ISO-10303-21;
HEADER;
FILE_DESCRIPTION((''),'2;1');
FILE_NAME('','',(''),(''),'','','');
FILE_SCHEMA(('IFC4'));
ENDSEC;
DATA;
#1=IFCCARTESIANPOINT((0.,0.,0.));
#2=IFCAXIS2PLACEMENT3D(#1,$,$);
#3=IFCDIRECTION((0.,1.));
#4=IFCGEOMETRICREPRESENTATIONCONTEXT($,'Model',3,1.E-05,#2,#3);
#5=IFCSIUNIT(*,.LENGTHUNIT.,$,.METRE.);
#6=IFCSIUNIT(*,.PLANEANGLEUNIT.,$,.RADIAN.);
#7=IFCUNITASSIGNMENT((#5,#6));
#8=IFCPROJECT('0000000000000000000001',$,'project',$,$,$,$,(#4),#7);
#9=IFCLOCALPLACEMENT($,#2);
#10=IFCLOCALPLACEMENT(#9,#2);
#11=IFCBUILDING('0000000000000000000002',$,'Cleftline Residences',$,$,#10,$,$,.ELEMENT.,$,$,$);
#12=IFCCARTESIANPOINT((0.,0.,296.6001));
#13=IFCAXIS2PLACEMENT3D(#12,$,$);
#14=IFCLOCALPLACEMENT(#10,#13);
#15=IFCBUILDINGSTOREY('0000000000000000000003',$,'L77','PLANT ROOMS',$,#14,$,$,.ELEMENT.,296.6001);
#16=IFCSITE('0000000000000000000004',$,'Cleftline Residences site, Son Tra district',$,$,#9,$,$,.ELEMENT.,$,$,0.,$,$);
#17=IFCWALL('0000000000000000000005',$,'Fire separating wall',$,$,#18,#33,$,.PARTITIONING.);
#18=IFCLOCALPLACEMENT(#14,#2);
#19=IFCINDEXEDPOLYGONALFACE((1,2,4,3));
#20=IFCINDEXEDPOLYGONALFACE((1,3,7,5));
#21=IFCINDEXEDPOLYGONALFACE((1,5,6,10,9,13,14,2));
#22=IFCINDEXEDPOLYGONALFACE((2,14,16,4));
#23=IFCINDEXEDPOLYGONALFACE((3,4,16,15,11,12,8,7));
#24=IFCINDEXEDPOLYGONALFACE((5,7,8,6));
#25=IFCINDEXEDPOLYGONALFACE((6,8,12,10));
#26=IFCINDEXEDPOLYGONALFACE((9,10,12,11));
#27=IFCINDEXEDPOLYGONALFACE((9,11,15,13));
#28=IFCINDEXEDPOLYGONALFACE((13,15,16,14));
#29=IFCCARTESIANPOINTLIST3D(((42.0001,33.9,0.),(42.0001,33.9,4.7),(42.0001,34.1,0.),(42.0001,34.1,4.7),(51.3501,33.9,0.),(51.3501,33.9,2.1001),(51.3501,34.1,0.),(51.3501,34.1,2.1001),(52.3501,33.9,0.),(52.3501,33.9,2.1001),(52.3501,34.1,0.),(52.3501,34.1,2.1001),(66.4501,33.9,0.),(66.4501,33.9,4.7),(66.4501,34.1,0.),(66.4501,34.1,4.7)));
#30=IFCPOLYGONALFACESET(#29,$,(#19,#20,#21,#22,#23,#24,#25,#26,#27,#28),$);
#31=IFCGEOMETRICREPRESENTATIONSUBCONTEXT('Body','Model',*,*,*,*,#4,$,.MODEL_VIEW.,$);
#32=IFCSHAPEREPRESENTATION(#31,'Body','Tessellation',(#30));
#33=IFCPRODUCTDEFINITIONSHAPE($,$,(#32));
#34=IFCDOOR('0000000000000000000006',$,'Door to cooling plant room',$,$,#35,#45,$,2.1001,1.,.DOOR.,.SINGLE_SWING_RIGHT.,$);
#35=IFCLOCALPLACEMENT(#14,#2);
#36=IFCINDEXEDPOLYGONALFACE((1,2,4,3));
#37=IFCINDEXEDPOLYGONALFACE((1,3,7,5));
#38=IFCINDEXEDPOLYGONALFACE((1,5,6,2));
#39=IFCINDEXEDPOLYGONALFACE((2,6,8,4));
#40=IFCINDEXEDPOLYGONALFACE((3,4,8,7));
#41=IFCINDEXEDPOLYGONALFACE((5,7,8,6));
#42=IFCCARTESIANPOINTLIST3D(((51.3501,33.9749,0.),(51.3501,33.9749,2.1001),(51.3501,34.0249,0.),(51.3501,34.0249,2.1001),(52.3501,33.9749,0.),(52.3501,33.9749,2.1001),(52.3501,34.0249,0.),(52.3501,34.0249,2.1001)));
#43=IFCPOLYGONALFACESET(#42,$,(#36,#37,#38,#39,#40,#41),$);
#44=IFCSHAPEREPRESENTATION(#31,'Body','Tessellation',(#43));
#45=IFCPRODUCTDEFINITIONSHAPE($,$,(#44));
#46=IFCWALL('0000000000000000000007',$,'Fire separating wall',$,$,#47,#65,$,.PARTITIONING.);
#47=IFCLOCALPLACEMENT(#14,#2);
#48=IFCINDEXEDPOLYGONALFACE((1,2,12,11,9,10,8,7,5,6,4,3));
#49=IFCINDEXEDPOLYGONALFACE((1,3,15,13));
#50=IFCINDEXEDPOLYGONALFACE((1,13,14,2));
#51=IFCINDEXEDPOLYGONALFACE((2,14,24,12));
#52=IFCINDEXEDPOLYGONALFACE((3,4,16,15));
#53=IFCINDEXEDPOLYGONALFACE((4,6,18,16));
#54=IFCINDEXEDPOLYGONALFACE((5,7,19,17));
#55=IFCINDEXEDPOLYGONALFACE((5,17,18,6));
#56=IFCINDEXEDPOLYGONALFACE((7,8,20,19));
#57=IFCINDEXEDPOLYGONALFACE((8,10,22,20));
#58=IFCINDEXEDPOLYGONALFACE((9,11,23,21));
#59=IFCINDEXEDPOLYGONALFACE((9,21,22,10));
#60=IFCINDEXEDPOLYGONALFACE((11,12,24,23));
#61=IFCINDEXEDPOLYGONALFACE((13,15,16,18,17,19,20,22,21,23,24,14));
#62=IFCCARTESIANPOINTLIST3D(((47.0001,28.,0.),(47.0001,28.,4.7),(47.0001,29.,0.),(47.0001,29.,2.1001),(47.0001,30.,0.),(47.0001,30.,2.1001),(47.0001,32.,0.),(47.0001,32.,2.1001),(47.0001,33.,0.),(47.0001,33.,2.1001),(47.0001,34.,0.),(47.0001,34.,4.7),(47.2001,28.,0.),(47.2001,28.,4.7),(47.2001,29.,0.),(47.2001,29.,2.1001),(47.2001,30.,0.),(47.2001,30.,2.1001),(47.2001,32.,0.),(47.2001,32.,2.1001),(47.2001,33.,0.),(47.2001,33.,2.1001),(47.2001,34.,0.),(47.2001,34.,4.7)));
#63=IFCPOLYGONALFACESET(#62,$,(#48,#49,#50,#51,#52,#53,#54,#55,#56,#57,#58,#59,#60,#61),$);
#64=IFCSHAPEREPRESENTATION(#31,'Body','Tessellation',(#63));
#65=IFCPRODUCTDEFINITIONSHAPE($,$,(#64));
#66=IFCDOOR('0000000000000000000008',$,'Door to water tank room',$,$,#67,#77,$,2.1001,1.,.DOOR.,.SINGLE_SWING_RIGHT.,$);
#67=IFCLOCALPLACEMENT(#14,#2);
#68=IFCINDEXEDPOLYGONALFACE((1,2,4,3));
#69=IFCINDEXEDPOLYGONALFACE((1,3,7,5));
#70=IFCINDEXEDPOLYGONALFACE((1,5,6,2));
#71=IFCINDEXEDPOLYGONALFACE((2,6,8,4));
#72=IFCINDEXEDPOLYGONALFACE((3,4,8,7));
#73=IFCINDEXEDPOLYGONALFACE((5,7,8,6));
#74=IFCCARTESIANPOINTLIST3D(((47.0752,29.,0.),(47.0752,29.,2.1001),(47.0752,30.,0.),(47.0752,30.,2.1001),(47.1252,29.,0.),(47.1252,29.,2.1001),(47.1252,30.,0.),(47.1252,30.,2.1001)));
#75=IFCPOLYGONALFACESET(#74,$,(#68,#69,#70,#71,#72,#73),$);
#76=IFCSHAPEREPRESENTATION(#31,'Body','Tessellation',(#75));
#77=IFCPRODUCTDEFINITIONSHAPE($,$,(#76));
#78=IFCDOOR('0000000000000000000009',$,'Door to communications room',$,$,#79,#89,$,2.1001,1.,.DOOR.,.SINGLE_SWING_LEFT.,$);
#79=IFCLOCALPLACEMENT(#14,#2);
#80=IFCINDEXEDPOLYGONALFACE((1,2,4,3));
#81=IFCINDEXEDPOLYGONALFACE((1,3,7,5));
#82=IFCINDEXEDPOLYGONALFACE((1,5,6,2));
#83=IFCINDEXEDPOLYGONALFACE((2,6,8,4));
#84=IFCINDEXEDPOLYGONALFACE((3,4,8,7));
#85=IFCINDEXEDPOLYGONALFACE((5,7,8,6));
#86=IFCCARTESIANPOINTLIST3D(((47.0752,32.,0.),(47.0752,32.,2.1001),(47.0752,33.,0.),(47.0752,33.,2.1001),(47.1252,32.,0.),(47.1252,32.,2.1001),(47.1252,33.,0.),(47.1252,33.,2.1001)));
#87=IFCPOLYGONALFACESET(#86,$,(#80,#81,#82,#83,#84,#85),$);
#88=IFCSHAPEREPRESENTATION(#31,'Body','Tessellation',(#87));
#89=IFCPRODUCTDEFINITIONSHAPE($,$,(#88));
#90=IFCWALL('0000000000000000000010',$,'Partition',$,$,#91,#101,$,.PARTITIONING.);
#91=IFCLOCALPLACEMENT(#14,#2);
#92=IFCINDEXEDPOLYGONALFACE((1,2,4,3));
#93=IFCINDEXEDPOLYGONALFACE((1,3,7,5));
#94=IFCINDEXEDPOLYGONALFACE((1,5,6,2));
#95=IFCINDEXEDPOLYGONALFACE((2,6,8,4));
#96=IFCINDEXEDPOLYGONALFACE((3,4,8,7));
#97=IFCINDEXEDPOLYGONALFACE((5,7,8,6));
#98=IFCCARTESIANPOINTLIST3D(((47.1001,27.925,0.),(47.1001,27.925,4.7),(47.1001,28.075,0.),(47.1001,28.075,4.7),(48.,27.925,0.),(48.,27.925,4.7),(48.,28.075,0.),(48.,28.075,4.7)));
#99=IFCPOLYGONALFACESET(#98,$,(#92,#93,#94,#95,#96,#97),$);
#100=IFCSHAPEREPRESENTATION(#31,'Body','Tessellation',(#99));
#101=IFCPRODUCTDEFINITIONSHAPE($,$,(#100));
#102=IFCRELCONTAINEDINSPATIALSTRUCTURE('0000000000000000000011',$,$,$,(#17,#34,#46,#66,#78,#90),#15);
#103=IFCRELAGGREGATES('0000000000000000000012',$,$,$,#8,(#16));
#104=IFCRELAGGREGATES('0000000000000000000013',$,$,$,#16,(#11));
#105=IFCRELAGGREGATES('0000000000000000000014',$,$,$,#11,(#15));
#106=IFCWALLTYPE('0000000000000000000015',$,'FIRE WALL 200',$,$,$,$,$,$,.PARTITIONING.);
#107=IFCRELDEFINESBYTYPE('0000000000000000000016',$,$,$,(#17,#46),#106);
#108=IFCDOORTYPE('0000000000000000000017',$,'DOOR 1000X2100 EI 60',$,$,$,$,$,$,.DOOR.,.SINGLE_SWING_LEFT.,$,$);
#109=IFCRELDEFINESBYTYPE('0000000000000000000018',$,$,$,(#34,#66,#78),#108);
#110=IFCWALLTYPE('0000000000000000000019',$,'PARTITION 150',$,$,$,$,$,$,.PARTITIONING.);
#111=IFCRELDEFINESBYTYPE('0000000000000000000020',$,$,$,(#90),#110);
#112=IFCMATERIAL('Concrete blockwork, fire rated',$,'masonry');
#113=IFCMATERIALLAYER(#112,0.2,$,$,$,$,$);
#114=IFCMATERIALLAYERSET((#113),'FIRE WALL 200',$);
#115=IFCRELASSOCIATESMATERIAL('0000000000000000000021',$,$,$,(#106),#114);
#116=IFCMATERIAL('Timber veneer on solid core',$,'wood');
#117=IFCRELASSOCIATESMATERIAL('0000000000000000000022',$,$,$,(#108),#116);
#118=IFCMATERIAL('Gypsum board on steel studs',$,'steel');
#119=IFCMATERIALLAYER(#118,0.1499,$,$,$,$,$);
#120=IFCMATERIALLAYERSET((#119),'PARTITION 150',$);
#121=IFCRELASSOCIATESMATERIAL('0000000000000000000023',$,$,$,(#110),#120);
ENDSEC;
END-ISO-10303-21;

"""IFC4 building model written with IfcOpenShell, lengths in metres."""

from ifc_helpers import new_model, si_unit, direction, frame, frame_2d, origin, place, context, subcontext, project, spatial, rectangle, extrude, material, layer, layer_set, type_object, element, fill, save


model = new_model("IFC4")

# Units and contexts
model_context = context("Model", 3, precision=1e-05, world=origin(), true_north=direction((0.0, 1.0)))
body_context = subcontext(model_context, "Body", "Model", "MODEL_VIEW")
ifc_project = project(units=[si_unit("LENGTHUNIT", "METRE"), si_unit("PLANEANGLEUNIT", "RADIAN")], contexts=[model_context])

# Site, building, storey
site_placement = place(None, origin())
site = spatial("IfcSite", under=ifc_project, at=site_placement, Name="Cleftline Residences site, Son Tra district", CompositionType="ELEMENT", RefElevation=0.0)
building_placement = place(site_placement, origin())
building = spatial("IfcBuilding", under=site, at=building_placement, Name="Cleftline Residences", CompositionType="ELEMENT")
storey_placement = place(building_placement, frame((0.0, 0.0, 296.6001)))
storey = spatial("IfcBuildingStorey", under=building, at=storey_placement, Name="L77", Description="PLANT ROOMS", CompositionType="ELEMENT", Elevation=296.6001)

# Shared definitions
ifc_material_1 = material(Name="Concrete blockwork, fire rated", Category="masonry")
ifc_layer_1 = layer(ifc_material_1, 0.2)
ifc_layer_set_1 = layer_set([ifc_layer_1], Name="FIRE WALL 200")
wall_type_1 = type_object("IfcWallType", Name="FIRE WALL 200", PredefinedType="PARTITIONING", material=ifc_layer_set_1)

# Wall, opening, door
wall_1_placement = place(storey_placement, frame((42.0, 34.0, 0.0), z_axis=(0.0, 0.0, 1.0), x_axis=(1.0, 0.0, 0.0)))
wall_1 = element("IfcWall", 1, at=wall_1_placement, inside=storey, type_object=wall_type_1, Name="Fire separating wall", PredefinedType="PARTITIONING", context=body_context, shape_type="SweptSolid", body=[
    extrude(rectangle(XDim=24.45, YDim=0.2, at=frame_2d((12.2251, 0.0))), origin(), (0.0, 0.0, 1.0), 4.7),
])
opening_1_placement = place(wall_1_placement, frame((9.3501, 0.0, 0.0)))
opening_1 = element("IfcOpeningElement", 2, at=opening_1_placement, cuts=wall_1, PredefinedType="OPENING", context=body_context, shape_type="SweptSolid", body=[
    extrude(rectangle(XDim=1.0, YDim=2.1001, at=frame_2d((0.5, 1.05))), frame((0.0, 0.1099, 0.0), z_axis=(0.0, -1.0, 0.0), x_axis=(1.0, 0.0, 0.0)), (0.0, 0.0, 1.0), 0.22),
])
ifc_material_2 = material(Name="Timber veneer on solid core", Category="wood")
door_type = type_object("IfcDoorType", Name="DOOR 1000X2100 EI 60", OperationType="SINGLE_SWING_LEFT", PredefinedType="DOOR", material=ifc_material_2)
door_1_placement = place(opening_1_placement, origin())
door_1 = element("IfcDoor", 3, at=door_1_placement, inside=storey, type_object=door_type, Name="Door to cooling plant room", OperationType="SINGLE_SWING_RIGHT", OverallHeight=2.1001, OverallWidth=1.0, PredefinedType="DOOR", context=body_context, shape_type="SweptSolid", body=[
    extrude(rectangle(XDim=1.0, YDim=2.1001, at=frame_2d((0.5, 1.05))), frame((0.0, 0.0249, 0.0), z_axis=(0.0, -1.0, 0.0), x_axis=(1.0, 0.0, 0.0)), (0.0, 0.0, 1.0), 0.05),
])
fill(opening_1, door_1)

# Wall, openings, doors
wall_2_placement = place(storey_placement, frame((47.1001, 28.0, 0.0), z_axis=(0.0, 0.0, 1.0), x_axis=(0.0, 1.0, 0.0)))
wall_2 = element("IfcWall", 4, at=wall_2_placement, inside=storey, type_object=wall_type_1, Name="Fire separating wall", PredefinedType="PARTITIONING", context=body_context, shape_type="SweptSolid", body=[
    extrude(rectangle(XDim=6.0, YDim=0.2, at=frame_2d((3.0, 0.0))), origin(), (0.0, 0.0, 1.0), 4.7),
])
opening_2_placement = place(wall_2_placement, frame((1.0, 0.0, 0.0)))
opening_2 = element("IfcOpeningElement", 5, at=opening_2_placement, cuts=wall_2, PredefinedType="OPENING", context=body_context, shape_type="SweptSolid", body=[
    extrude(rectangle(XDim=1.0, YDim=2.1001, at=frame_2d((0.5, 1.05))), frame((0.0, 0.1099, 0.0), z_axis=(0.0, -1.0, 0.0), x_axis=(1.0, 0.0, 0.0)), (0.0, 0.0, 1.0), 0.22),
])
opening_3_placement = place(wall_2_placement, frame((4.0, 0.0, 0.0)))
opening_3 = element("IfcOpeningElement", 6, at=opening_3_placement, cuts=wall_2, PredefinedType="OPENING", context=body_context, shape_type="SweptSolid", body=[
    extrude(rectangle(XDim=1.0, YDim=2.1001, at=frame_2d((0.5, 1.05))), frame((0.0, 0.1099, 0.0), z_axis=(0.0, -1.0, 0.0), x_axis=(1.0, 0.0, 0.0)), (0.0, 0.0, 1.0), 0.22),
])
door_2_placement = place(opening_2_placement, origin())
door_2 = element("IfcDoor", 7, at=door_2_placement, inside=storey, type_object=door_type, Name="Door to water tank room", OperationType="SINGLE_SWING_RIGHT", OverallHeight=2.1001, OverallWidth=1.0, PredefinedType="DOOR", context=body_context, shape_type="SweptSolid", body=[
    extrude(rectangle(XDim=1.0, YDim=2.1001, at=frame_2d((0.5, 1.05))), frame((0.0, 0.0249, 0.0), z_axis=(0.0, -1.0, 0.0), x_axis=(1.0, 0.0, 0.0)), (0.0, 0.0, 1.0), 0.05),
])
fill(opening_2, door_2)
door_3_placement = place(opening_3_placement, origin())
door_3 = element("IfcDoor", 8, at=door_3_placement, inside=storey, type_object=door_type, Name="Door to communications room", OperationType="SINGLE_SWING_LEFT", OverallHeight=2.1001, OverallWidth=1.0, PredefinedType="DOOR", context=body_context, shape_type="SweptSolid", body=[
    extrude(rectangle(XDim=1.0, YDim=2.1001, at=frame_2d((0.5, 1.05))), frame((0.0, 0.0249, 0.0), z_axis=(0.0, -1.0, 0.0), x_axis=(1.0, 0.0, 0.0)), (0.0, 0.0, 1.0), 0.05),
])
fill(opening_3, door_3)

# Wall
ifc_material_3 = material(Name="Gypsum board on steel studs", Category="steel")
ifc_layer_2 = layer(ifc_material_3, 0.1499)
ifc_layer_set_2 = layer_set([ifc_layer_2], Name="PARTITION 150")
wall_type_2 = type_object("IfcWallType", Name="PARTITION 150", PredefinedType="PARTITIONING", material=ifc_layer_set_2)
wall_3_placement = place(storey_placement, frame((47.1001, 28.0, 0.0), z_axis=(0.0, 0.0, 1.0), x_axis=(1.0, 0.0, 0.0)))
element("IfcWall", 9, at=wall_3_placement, inside=storey, type_object=wall_type_2, Name="Partition", PredefinedType="PARTITIONING", context=body_context, shape_type="SweptSolid", body=[
    extrude(rectangle(XDim=0.8999, YDim=0.1499, at=frame_2d((0.45, 0.0))), origin(), (0.0, 0.0, 1.0), 4.7),
])

save(model, "model.ifc")
